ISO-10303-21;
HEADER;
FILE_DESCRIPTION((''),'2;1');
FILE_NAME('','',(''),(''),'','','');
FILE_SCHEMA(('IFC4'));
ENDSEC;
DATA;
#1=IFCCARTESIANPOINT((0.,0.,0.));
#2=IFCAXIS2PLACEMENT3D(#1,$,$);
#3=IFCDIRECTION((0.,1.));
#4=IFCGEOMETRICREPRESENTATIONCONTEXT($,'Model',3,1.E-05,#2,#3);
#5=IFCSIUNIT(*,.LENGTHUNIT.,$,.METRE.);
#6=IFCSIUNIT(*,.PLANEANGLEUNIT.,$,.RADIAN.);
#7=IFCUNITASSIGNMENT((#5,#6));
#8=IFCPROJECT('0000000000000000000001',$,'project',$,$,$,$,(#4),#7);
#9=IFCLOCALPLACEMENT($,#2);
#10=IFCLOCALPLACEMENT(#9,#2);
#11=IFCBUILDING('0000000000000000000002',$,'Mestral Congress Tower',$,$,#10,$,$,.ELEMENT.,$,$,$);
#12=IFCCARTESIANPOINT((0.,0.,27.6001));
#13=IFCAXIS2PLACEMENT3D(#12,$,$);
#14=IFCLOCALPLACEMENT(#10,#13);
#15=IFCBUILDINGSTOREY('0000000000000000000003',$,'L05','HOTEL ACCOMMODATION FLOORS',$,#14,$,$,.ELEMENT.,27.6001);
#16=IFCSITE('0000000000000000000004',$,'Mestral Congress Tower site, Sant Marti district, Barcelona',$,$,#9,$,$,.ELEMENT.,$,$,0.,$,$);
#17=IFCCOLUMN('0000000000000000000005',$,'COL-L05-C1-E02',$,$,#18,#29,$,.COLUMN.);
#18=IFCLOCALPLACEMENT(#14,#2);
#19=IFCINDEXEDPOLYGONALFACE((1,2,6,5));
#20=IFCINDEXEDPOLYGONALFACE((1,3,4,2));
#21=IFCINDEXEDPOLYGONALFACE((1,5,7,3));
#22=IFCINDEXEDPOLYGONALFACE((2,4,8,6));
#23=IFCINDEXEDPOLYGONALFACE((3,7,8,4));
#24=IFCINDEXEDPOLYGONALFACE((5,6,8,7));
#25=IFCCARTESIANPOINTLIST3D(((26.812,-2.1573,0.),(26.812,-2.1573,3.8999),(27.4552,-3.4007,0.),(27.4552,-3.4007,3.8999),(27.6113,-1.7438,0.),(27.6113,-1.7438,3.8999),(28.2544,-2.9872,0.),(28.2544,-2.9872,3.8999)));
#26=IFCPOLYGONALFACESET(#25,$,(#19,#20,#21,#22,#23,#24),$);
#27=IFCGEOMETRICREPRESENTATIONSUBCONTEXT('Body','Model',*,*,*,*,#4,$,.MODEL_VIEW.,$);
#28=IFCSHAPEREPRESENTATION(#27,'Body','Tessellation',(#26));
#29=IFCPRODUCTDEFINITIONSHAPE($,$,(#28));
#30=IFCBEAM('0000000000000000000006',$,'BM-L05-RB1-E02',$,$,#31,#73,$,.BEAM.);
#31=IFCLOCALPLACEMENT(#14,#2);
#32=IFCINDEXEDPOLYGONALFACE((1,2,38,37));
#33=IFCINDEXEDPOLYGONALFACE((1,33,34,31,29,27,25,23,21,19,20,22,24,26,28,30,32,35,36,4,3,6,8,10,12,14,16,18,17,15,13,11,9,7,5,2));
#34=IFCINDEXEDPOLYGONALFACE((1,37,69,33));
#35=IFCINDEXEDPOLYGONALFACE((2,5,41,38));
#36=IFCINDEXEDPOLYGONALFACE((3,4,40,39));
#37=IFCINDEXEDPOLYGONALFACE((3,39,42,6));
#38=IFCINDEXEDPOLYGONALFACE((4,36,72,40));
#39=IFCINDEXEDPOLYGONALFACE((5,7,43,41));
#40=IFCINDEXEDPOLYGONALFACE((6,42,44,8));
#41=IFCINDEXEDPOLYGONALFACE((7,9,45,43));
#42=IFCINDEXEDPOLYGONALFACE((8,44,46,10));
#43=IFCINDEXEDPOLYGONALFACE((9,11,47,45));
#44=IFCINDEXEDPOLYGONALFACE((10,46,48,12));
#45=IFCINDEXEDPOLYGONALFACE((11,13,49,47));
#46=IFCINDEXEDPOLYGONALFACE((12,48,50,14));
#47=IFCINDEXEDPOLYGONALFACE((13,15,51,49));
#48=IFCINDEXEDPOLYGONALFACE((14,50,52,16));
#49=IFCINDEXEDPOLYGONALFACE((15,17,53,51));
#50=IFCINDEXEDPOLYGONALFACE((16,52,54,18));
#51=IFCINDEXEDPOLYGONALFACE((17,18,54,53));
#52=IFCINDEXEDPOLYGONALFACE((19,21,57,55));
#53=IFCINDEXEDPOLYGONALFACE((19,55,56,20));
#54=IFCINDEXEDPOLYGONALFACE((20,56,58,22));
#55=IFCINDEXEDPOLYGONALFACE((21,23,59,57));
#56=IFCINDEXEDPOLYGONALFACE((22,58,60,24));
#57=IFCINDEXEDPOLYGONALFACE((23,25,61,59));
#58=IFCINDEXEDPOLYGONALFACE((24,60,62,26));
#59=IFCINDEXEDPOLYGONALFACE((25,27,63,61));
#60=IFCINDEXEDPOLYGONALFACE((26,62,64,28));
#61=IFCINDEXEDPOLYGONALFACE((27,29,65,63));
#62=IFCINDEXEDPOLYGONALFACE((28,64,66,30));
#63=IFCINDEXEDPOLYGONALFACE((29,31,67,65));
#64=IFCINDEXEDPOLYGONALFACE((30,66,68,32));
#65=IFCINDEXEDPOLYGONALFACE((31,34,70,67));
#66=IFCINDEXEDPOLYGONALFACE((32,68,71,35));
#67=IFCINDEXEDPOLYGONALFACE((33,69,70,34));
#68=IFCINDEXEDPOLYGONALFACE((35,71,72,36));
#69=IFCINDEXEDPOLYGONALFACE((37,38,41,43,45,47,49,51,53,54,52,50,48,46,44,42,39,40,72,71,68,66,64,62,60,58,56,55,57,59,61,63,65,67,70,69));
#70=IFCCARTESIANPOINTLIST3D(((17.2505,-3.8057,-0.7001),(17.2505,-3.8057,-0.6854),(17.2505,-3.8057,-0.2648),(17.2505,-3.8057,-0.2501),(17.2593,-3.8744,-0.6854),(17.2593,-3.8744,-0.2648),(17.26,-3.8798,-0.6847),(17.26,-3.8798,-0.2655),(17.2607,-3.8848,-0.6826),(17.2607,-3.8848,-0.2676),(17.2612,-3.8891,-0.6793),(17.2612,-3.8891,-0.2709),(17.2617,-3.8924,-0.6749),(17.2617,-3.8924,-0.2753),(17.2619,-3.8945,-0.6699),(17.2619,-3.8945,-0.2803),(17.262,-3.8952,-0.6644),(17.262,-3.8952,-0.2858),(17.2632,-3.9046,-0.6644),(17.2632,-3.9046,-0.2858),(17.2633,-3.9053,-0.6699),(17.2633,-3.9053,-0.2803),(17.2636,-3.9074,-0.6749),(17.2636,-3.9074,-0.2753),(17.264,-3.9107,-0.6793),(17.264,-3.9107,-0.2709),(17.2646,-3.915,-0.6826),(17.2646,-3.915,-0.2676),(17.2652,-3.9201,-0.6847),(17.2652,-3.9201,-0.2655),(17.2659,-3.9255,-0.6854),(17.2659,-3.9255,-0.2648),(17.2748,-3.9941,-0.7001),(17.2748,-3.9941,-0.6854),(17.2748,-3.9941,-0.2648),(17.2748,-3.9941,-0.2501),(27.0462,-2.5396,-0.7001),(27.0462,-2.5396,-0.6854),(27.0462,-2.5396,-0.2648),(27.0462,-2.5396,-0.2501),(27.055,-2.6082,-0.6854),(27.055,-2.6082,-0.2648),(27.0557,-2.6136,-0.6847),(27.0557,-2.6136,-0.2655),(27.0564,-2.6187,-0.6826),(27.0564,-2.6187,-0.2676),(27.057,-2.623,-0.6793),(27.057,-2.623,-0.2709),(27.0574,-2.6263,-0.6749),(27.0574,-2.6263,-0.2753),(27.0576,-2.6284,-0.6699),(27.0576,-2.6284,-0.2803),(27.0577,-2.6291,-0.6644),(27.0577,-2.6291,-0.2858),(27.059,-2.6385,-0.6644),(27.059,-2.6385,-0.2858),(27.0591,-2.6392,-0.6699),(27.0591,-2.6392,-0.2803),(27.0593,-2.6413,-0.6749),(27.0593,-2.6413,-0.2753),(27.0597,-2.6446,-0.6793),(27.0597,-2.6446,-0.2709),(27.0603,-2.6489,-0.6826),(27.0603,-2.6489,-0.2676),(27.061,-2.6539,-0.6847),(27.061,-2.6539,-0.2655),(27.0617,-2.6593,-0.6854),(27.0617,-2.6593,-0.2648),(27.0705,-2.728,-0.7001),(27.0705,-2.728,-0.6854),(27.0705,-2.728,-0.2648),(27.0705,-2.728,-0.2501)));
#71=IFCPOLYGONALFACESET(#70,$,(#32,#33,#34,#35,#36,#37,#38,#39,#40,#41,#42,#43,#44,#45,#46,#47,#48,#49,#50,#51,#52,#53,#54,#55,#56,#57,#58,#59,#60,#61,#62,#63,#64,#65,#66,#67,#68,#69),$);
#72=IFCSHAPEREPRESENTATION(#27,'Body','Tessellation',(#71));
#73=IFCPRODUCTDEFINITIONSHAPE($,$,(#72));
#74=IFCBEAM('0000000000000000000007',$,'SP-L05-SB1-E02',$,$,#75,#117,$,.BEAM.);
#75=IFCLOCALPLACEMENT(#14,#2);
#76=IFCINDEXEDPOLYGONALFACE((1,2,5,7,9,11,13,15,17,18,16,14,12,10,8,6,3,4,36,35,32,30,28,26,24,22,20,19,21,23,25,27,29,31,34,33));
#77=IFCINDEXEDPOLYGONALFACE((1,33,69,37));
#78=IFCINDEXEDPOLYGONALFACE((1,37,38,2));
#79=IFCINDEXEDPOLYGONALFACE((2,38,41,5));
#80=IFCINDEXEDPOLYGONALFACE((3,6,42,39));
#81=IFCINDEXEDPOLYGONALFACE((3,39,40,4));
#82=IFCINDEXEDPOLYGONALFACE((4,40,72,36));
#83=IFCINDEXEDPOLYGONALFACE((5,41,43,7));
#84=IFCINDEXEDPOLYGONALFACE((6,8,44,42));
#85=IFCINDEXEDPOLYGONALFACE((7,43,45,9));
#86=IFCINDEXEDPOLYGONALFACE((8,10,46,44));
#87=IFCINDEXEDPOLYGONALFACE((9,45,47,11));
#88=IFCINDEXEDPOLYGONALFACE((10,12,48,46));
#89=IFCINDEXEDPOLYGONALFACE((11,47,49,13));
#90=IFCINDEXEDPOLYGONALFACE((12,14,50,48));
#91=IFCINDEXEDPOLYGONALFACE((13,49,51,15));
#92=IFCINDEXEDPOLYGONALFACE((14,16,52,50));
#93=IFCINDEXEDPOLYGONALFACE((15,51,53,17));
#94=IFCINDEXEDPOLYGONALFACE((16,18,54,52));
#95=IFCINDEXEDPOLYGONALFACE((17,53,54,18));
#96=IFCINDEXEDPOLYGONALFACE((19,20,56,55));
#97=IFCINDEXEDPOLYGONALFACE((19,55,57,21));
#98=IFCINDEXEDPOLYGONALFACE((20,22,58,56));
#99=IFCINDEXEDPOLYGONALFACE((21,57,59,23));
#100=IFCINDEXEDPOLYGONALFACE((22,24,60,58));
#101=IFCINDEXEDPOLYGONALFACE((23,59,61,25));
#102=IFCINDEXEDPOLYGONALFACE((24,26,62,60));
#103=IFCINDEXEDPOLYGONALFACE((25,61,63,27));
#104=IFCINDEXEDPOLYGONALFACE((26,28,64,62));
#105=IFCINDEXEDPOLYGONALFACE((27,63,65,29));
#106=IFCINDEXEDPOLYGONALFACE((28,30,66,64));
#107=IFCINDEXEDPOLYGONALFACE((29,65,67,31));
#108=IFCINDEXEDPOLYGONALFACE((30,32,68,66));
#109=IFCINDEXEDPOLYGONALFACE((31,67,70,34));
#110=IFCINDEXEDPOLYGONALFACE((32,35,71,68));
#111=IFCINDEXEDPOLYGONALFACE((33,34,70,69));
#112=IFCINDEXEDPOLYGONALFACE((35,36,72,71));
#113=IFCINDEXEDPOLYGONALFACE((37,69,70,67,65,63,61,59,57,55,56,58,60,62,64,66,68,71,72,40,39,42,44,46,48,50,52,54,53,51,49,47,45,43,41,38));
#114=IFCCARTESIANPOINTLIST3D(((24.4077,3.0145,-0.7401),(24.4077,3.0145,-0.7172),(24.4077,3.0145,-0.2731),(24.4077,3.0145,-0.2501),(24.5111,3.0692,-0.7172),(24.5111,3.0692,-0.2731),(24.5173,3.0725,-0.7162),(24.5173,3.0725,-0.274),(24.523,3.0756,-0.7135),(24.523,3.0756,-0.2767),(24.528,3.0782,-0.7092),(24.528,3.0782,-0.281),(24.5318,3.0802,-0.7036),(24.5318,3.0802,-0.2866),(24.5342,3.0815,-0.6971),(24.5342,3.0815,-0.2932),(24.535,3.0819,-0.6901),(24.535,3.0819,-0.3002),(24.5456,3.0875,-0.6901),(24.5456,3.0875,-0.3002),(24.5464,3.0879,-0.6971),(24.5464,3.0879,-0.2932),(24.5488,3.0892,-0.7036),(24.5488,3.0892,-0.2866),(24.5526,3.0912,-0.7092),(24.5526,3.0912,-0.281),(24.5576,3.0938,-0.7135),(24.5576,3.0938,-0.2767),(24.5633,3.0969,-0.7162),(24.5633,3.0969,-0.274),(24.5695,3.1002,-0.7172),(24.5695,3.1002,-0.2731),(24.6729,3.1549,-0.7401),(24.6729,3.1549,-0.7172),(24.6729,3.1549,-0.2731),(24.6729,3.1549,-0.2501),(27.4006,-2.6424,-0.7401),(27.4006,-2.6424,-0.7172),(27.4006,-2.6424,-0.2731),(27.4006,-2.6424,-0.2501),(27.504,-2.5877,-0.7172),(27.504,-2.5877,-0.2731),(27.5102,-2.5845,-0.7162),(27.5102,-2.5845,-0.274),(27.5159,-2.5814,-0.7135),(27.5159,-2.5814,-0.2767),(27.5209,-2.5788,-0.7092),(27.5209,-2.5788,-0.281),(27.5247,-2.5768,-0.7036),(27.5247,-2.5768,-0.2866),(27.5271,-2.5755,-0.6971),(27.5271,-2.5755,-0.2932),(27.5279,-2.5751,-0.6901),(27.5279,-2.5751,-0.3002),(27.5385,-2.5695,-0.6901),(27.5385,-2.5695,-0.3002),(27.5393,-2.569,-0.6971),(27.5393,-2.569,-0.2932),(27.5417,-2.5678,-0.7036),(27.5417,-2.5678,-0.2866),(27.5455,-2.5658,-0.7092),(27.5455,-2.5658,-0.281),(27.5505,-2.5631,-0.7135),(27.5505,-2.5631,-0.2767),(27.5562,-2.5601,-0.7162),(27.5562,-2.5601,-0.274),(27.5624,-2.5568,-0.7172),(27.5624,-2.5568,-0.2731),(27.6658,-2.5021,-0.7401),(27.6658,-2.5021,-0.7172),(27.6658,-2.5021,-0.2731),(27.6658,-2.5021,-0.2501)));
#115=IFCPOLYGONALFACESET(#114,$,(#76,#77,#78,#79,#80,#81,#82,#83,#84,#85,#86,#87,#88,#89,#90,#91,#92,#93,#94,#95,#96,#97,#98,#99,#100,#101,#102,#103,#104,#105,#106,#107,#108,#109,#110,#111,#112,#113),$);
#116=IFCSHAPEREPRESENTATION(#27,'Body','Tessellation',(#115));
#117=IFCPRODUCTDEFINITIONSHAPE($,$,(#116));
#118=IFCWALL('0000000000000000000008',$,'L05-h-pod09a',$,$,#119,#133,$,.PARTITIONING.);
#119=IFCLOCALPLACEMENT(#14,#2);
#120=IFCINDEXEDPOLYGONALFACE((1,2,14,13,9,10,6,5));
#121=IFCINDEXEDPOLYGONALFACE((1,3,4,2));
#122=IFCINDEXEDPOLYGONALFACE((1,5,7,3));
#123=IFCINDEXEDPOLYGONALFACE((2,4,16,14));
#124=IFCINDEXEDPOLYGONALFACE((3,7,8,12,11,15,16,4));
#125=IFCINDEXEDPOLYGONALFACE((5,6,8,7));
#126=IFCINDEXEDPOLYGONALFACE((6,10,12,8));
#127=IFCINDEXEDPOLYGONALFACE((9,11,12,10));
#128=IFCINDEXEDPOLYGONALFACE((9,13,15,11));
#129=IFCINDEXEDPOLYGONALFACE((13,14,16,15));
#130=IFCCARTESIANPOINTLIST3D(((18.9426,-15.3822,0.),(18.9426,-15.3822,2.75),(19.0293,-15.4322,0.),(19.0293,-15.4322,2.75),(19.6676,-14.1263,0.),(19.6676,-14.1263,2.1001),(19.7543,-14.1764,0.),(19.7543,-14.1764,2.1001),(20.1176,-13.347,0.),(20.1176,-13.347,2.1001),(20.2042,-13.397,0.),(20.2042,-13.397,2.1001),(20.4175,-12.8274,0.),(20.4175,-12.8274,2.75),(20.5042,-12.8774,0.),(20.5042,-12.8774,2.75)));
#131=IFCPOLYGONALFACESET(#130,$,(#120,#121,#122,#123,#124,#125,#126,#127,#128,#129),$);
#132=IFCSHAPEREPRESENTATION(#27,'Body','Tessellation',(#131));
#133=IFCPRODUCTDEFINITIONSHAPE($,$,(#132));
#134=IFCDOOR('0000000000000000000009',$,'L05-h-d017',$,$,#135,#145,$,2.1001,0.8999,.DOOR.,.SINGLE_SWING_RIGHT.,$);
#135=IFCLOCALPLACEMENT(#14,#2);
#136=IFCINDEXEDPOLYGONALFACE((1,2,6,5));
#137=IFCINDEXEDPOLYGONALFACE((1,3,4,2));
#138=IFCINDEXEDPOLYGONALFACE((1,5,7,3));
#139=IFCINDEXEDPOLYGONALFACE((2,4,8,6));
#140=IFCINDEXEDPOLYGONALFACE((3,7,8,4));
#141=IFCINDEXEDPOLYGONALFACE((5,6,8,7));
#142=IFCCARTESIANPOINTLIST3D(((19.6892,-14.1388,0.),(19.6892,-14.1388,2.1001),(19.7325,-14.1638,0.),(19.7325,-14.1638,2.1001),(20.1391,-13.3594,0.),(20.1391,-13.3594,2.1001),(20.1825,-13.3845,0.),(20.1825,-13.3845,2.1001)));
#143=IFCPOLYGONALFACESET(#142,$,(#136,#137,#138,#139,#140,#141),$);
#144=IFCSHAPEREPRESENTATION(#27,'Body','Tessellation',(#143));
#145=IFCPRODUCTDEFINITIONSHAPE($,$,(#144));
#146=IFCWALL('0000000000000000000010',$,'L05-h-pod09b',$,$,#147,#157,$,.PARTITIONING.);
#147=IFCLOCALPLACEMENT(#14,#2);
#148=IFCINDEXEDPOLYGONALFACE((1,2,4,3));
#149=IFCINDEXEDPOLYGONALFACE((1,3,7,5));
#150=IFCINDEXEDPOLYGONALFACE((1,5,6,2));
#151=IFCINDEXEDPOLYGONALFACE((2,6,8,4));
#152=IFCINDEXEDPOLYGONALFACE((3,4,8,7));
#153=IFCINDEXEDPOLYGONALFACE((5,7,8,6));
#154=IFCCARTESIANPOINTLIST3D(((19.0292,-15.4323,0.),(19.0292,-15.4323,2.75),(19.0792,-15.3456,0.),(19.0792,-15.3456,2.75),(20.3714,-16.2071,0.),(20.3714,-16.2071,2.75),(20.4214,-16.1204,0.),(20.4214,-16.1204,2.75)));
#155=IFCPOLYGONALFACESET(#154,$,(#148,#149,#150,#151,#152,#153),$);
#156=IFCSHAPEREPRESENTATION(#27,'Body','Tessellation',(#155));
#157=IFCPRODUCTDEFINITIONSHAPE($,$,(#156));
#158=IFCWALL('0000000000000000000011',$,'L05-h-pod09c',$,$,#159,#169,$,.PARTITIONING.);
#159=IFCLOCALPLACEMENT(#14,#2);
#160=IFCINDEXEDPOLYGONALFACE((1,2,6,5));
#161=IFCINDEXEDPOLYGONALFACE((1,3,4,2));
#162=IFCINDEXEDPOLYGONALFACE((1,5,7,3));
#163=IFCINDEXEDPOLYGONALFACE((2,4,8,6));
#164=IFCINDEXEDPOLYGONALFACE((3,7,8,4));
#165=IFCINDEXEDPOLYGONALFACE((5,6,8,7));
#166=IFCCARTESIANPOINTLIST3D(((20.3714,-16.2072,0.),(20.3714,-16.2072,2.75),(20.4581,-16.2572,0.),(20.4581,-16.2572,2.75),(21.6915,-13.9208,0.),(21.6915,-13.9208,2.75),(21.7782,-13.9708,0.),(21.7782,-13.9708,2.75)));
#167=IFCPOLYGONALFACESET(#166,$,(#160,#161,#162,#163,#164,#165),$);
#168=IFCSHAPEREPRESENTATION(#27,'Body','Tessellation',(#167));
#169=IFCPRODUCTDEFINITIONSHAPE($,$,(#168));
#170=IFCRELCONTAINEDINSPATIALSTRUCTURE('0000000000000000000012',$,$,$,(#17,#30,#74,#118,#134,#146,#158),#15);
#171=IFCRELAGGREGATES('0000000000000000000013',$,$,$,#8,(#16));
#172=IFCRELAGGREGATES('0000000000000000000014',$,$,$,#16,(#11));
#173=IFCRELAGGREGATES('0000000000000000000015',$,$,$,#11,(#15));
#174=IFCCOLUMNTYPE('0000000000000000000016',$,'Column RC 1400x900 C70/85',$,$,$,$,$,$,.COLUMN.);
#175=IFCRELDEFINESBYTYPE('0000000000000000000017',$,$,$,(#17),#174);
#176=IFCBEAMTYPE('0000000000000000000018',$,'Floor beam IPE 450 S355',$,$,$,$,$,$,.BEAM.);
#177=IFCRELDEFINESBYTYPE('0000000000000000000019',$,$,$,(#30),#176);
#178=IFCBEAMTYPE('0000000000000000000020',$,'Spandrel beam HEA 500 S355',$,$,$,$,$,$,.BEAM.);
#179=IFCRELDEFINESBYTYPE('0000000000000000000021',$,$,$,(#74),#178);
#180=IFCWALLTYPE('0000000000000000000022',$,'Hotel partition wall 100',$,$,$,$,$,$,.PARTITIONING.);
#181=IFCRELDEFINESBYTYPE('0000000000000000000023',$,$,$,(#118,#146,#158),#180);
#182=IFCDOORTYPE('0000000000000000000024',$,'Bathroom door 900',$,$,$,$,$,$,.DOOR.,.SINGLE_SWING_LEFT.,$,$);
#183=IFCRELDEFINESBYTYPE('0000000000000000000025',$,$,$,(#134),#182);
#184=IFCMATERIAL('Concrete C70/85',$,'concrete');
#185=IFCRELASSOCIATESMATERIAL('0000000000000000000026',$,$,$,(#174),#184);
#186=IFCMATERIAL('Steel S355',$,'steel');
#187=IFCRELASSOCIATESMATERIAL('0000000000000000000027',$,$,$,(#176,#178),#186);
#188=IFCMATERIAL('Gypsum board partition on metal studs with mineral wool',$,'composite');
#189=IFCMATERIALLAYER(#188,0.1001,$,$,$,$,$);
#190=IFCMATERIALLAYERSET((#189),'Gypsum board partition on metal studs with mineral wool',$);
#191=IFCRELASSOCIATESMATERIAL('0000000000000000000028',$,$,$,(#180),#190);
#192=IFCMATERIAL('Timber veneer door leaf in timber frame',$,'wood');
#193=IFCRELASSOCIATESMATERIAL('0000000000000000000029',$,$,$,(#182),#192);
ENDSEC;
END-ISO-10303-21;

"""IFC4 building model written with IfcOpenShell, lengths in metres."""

from ifc_helpers import new_model, si_unit, direction, frame, frame_2d, origin, origin_2d, place, context, subcontext, project, spatial, rectangle, i_section, extrude, material, layer, layer_set, material_profile, profile_set, type_object, element, fill, save


model = new_model("IFC4")

# Units and contexts
model_context = context("Model", 3, precision=1e-05, world=origin(), true_north=direction((0.0, 1.0)))
body_context = subcontext(model_context, "Body", "Model", "MODEL_VIEW")
ifc_project = project(units=[si_unit("LENGTHUNIT", "METRE"), si_unit("PLANEANGLEUNIT", "RADIAN")], contexts=[model_context])

# Site, building, storey
site_placement = place(None, origin())
site = spatial("IfcSite", under=ifc_project, at=site_placement, Name="Mestral Congress Tower site, Sant Marti district, Barcelona", CompositionType="ELEMENT", RefElevation=0.0)
building_placement = place(site_placement, origin())
building = spatial("IfcBuilding", under=site, at=building_placement, Name="Mestral Congress Tower", CompositionType="ELEMENT")
storey_placement = place(building_placement, frame((0.0, 0.0, 27.6001)))
storey = spatial("IfcBuildingStorey", under=building, at=storey_placement, Name="L05", Description="HOTEL ACCOMMODATION FLOORS", CompositionType="ELEMENT", Elevation=27.6001)

# Column
ifc_material_1 = material(Name="Concrete C70/85", Category="concrete")
ifc_material_profile_1 = material_profile(ifc_material_1, rectangle(XDim=1.3999, YDim=0.8999, at=origin_2d()), Name="RC 1400x900")
ifc_profile_set_1 = profile_set([ifc_material_profile_1], Name="Concrete C70/85")
column_type = type_object("IfcColumnType", Name="Column RC 1400x900 C70/85", PredefinedType="COLUMN", material=ifc_profile_set_1)
column_placement = place(storey_placement, frame((27.5332, -2.5723, 0.0), z_axis=(0.0, 0.0, 1.0), x_axis=(-0.459456, 0.888201, 0.0)))
element("IfcColumn", 1, at=column_placement, inside=storey, type_object=column_type, Name="COL-L05-C1-E02", PredefinedType="COLUMN", context=body_context, shape_type="SweptSolid", body=[
    extrude(rectangle(XDim=1.3999, YDim=0.8999, at=origin_2d()), origin(), (0.0, 0.0, 1.0), 3.8999),
])

# Beams
ifc_material_2 = material(Name="Steel S355", Category="steel")
ifc_material_profile_2 = material_profile(ifc_material_2, i_section(OverallWidth=0.1899, OverallDepth=0.45, WebThickness=0.0095, FlangeThickness=0.0146, FilletRadius=0.021, at=origin_2d()), Name="IPE 450")
ifc_profile_set_2 = profile_set([ifc_material_profile_2], Name="Steel S355")
beam_type_1 = type_object("IfcBeamType", Name="Floor beam IPE 450 S355", PredefinedType="BEAM", material=ifc_profile_set_2)
beam_1_placement = place(storey_placement, frame((27.0583, -2.6338, -0.4751), z_axis=(-0.99175, -0.128186, 0.0), x_axis=(0.128186, -0.99175, 0.0)))
element("IfcBeam", 2, at=beam_1_placement, inside=storey, type_object=beam_type_1, Name="BM-L05-RB1-E02", PredefinedType="BEAM", context=body_context, shape_type="SweptSolid", body=[
    extrude(i_section(OverallWidth=0.1899, OverallDepth=0.45, WebThickness=0.0095, FlangeThickness=0.0146, FilletRadius=0.021, at=origin_2d()), origin(), (0.0, 0.0, 1.0), 9.8772),
])
ifc_material_profile_3 = material_profile(ifc_material_2, i_section(OverallWidth=0.3, OverallDepth=0.49, WebThickness=0.012, FlangeThickness=0.0229, FilletRadius=0.0271, at=origin_2d()), Name="HEA 500")
ifc_profile_set_3 = profile_set([ifc_material_profile_3], Name="Steel S355")
beam_type_2 = type_object("IfcBeamType", Name="Spandrel beam HEA 500 S355", PredefinedType="BEAM", material=ifc_profile_set_3)
beam_2_placement = place(storey_placement, frame((27.5332, -2.5723, -0.4951), z_axis=(-0.467649, 0.883914, 0.0), x_axis=(-0.883914, -0.467649, 0.0)))
element("IfcBeam", 3, at=beam_2_placement, inside=storey, type_object=beam_type_2, Name="SP-L05-SB1-E02", PredefinedType="BEAM", context=body_context, shape_type="SweptSolid", body=[
    extrude(i_section(OverallWidth=0.3, OverallDepth=0.49, WebThickness=0.012, FlangeThickness=0.0229, FilletRadius=0.0271, at=origin_2d()), origin(), (0.0, 0.0, 1.0), 6.3999),
])

# Wall, opening, door
ifc_material_3 = material(Name="Gypsum board partition on metal studs with mineral wool", Category="composite")
ifc_layer_1 = layer(ifc_material_3, 0.1001)
ifc_layer_set_1 = layer_set([ifc_layer_1], Name="Gypsum board partition on metal studs with mineral wool")
wall_type_1 = type_object("IfcWallType", Name="Hotel partition wall 100", PredefinedType="PARTITIONING", material=ifc_layer_set_1)
wall_1_placement = place(storey_placement, frame((20.4609, -12.8523, 0.0), z_axis=(0.0, 0.0, 1.0), x_axis=(-0.499976, -0.866039, 0.0)))
wall_1 = element("IfcWall", 4, at=wall_1_placement, inside=storey, type_object=wall_type_1, Name="L05-h-pod09a", PredefinedType="PARTITIONING", context=body_context, shape_type="SweptSolid", body=[
    extrude(rectangle(XDim=2.95, YDim=0.1001, at=frame_2d((1.4751, 0.0))), origin(), (0.0, 0.0, 1.0), 2.75),
])
opening_1_placement = place(wall_1_placement, frame((0.6001, 0.0, 0.0)))
opening_1 = element("IfcOpeningElement", 5, at=opening_1_placement, cuts=wall_1, PredefinedType="OPENING", context=body_context, shape_type="SweptSolid", body=[
    extrude(rectangle(XDim=0.8999, YDim=2.1001, at=frame_2d((0.45, 1.05))), frame((0.0, 0.0601, 0.0), z_axis=(0.0, -1.0, 0.0), x_axis=(1.0, 0.0, 0.0)), (0.0, 0.0, 1.0), 0.1201),
])
ifc_material_4 = material(Name="Timber veneer door leaf in timber frame", Category="wood")
door_type = type_object("IfcDoorType", Name="Bathroom door 900", OperationType="SINGLE_SWING_LEFT", PredefinedType="DOOR", material=ifc_material_4)
door_1_placement = place(opening_1_placement, origin())
door_1 = element("IfcDoor", 6, at=door_1_placement, inside=storey, type_object=door_type, Name="L05-h-d017", OperationType="SINGLE_SWING_RIGHT", OverallHeight=2.1001, OverallWidth=0.8999, PredefinedType="DOOR", context=body_context, shape_type="SweptSolid", body=[
    extrude(rectangle(XDim=0.8999, YDim=2.1001, at=frame_2d((0.45, 1.05))), frame((0.0, 0.0249, 0.0), z_axis=(0.0, -1.0, 0.0), x_axis=(1.0, 0.0, 0.0)), (0.0, 0.0, 1.0), 0.05),
])
fill(opening_1, door_1)

# Walls
wall_2_placement = place(storey_placement, frame((19.0542, -15.3889, 0.0), z_axis=(0.0, 0.0, 1.0), x_axis=(0.866044, -0.499968, 0.0)))
element("IfcWall", 7, at=wall_2_placement, inside=storey, type_object=wall_type_1, Name="L05-h-pod09b", PredefinedType="PARTITIONING", context=body_context, shape_type="SweptSolid", body=[
    extrude(rectangle(XDim=1.5498, YDim=0.1001, at=frame_2d((0.7749, 0.0))), origin(), (0.0, 0.0, 1.0), 2.75),
])
wall_3_placement = place(storey_placement, frame((21.7349, -13.9458, 0.0), z_axis=(0.0, 0.0, 1.0), x_axis=(-0.500008, -0.866021, 0.0)))
element("IfcWall", 8, at=wall_3_placement, inside=storey, type_object=wall_type_1, Name="L05-h-pod09c", PredefinedType="PARTITIONING", context=body_context, shape_type="SweptSolid", body=[
    extrude(rectangle(XDim=2.6401, YDim=0.1001, at=frame_2d((1.3201, 0.0))), origin(), (0.0, 0.0, 1.0), 2.75),
])

save(model, "model.ifc")
